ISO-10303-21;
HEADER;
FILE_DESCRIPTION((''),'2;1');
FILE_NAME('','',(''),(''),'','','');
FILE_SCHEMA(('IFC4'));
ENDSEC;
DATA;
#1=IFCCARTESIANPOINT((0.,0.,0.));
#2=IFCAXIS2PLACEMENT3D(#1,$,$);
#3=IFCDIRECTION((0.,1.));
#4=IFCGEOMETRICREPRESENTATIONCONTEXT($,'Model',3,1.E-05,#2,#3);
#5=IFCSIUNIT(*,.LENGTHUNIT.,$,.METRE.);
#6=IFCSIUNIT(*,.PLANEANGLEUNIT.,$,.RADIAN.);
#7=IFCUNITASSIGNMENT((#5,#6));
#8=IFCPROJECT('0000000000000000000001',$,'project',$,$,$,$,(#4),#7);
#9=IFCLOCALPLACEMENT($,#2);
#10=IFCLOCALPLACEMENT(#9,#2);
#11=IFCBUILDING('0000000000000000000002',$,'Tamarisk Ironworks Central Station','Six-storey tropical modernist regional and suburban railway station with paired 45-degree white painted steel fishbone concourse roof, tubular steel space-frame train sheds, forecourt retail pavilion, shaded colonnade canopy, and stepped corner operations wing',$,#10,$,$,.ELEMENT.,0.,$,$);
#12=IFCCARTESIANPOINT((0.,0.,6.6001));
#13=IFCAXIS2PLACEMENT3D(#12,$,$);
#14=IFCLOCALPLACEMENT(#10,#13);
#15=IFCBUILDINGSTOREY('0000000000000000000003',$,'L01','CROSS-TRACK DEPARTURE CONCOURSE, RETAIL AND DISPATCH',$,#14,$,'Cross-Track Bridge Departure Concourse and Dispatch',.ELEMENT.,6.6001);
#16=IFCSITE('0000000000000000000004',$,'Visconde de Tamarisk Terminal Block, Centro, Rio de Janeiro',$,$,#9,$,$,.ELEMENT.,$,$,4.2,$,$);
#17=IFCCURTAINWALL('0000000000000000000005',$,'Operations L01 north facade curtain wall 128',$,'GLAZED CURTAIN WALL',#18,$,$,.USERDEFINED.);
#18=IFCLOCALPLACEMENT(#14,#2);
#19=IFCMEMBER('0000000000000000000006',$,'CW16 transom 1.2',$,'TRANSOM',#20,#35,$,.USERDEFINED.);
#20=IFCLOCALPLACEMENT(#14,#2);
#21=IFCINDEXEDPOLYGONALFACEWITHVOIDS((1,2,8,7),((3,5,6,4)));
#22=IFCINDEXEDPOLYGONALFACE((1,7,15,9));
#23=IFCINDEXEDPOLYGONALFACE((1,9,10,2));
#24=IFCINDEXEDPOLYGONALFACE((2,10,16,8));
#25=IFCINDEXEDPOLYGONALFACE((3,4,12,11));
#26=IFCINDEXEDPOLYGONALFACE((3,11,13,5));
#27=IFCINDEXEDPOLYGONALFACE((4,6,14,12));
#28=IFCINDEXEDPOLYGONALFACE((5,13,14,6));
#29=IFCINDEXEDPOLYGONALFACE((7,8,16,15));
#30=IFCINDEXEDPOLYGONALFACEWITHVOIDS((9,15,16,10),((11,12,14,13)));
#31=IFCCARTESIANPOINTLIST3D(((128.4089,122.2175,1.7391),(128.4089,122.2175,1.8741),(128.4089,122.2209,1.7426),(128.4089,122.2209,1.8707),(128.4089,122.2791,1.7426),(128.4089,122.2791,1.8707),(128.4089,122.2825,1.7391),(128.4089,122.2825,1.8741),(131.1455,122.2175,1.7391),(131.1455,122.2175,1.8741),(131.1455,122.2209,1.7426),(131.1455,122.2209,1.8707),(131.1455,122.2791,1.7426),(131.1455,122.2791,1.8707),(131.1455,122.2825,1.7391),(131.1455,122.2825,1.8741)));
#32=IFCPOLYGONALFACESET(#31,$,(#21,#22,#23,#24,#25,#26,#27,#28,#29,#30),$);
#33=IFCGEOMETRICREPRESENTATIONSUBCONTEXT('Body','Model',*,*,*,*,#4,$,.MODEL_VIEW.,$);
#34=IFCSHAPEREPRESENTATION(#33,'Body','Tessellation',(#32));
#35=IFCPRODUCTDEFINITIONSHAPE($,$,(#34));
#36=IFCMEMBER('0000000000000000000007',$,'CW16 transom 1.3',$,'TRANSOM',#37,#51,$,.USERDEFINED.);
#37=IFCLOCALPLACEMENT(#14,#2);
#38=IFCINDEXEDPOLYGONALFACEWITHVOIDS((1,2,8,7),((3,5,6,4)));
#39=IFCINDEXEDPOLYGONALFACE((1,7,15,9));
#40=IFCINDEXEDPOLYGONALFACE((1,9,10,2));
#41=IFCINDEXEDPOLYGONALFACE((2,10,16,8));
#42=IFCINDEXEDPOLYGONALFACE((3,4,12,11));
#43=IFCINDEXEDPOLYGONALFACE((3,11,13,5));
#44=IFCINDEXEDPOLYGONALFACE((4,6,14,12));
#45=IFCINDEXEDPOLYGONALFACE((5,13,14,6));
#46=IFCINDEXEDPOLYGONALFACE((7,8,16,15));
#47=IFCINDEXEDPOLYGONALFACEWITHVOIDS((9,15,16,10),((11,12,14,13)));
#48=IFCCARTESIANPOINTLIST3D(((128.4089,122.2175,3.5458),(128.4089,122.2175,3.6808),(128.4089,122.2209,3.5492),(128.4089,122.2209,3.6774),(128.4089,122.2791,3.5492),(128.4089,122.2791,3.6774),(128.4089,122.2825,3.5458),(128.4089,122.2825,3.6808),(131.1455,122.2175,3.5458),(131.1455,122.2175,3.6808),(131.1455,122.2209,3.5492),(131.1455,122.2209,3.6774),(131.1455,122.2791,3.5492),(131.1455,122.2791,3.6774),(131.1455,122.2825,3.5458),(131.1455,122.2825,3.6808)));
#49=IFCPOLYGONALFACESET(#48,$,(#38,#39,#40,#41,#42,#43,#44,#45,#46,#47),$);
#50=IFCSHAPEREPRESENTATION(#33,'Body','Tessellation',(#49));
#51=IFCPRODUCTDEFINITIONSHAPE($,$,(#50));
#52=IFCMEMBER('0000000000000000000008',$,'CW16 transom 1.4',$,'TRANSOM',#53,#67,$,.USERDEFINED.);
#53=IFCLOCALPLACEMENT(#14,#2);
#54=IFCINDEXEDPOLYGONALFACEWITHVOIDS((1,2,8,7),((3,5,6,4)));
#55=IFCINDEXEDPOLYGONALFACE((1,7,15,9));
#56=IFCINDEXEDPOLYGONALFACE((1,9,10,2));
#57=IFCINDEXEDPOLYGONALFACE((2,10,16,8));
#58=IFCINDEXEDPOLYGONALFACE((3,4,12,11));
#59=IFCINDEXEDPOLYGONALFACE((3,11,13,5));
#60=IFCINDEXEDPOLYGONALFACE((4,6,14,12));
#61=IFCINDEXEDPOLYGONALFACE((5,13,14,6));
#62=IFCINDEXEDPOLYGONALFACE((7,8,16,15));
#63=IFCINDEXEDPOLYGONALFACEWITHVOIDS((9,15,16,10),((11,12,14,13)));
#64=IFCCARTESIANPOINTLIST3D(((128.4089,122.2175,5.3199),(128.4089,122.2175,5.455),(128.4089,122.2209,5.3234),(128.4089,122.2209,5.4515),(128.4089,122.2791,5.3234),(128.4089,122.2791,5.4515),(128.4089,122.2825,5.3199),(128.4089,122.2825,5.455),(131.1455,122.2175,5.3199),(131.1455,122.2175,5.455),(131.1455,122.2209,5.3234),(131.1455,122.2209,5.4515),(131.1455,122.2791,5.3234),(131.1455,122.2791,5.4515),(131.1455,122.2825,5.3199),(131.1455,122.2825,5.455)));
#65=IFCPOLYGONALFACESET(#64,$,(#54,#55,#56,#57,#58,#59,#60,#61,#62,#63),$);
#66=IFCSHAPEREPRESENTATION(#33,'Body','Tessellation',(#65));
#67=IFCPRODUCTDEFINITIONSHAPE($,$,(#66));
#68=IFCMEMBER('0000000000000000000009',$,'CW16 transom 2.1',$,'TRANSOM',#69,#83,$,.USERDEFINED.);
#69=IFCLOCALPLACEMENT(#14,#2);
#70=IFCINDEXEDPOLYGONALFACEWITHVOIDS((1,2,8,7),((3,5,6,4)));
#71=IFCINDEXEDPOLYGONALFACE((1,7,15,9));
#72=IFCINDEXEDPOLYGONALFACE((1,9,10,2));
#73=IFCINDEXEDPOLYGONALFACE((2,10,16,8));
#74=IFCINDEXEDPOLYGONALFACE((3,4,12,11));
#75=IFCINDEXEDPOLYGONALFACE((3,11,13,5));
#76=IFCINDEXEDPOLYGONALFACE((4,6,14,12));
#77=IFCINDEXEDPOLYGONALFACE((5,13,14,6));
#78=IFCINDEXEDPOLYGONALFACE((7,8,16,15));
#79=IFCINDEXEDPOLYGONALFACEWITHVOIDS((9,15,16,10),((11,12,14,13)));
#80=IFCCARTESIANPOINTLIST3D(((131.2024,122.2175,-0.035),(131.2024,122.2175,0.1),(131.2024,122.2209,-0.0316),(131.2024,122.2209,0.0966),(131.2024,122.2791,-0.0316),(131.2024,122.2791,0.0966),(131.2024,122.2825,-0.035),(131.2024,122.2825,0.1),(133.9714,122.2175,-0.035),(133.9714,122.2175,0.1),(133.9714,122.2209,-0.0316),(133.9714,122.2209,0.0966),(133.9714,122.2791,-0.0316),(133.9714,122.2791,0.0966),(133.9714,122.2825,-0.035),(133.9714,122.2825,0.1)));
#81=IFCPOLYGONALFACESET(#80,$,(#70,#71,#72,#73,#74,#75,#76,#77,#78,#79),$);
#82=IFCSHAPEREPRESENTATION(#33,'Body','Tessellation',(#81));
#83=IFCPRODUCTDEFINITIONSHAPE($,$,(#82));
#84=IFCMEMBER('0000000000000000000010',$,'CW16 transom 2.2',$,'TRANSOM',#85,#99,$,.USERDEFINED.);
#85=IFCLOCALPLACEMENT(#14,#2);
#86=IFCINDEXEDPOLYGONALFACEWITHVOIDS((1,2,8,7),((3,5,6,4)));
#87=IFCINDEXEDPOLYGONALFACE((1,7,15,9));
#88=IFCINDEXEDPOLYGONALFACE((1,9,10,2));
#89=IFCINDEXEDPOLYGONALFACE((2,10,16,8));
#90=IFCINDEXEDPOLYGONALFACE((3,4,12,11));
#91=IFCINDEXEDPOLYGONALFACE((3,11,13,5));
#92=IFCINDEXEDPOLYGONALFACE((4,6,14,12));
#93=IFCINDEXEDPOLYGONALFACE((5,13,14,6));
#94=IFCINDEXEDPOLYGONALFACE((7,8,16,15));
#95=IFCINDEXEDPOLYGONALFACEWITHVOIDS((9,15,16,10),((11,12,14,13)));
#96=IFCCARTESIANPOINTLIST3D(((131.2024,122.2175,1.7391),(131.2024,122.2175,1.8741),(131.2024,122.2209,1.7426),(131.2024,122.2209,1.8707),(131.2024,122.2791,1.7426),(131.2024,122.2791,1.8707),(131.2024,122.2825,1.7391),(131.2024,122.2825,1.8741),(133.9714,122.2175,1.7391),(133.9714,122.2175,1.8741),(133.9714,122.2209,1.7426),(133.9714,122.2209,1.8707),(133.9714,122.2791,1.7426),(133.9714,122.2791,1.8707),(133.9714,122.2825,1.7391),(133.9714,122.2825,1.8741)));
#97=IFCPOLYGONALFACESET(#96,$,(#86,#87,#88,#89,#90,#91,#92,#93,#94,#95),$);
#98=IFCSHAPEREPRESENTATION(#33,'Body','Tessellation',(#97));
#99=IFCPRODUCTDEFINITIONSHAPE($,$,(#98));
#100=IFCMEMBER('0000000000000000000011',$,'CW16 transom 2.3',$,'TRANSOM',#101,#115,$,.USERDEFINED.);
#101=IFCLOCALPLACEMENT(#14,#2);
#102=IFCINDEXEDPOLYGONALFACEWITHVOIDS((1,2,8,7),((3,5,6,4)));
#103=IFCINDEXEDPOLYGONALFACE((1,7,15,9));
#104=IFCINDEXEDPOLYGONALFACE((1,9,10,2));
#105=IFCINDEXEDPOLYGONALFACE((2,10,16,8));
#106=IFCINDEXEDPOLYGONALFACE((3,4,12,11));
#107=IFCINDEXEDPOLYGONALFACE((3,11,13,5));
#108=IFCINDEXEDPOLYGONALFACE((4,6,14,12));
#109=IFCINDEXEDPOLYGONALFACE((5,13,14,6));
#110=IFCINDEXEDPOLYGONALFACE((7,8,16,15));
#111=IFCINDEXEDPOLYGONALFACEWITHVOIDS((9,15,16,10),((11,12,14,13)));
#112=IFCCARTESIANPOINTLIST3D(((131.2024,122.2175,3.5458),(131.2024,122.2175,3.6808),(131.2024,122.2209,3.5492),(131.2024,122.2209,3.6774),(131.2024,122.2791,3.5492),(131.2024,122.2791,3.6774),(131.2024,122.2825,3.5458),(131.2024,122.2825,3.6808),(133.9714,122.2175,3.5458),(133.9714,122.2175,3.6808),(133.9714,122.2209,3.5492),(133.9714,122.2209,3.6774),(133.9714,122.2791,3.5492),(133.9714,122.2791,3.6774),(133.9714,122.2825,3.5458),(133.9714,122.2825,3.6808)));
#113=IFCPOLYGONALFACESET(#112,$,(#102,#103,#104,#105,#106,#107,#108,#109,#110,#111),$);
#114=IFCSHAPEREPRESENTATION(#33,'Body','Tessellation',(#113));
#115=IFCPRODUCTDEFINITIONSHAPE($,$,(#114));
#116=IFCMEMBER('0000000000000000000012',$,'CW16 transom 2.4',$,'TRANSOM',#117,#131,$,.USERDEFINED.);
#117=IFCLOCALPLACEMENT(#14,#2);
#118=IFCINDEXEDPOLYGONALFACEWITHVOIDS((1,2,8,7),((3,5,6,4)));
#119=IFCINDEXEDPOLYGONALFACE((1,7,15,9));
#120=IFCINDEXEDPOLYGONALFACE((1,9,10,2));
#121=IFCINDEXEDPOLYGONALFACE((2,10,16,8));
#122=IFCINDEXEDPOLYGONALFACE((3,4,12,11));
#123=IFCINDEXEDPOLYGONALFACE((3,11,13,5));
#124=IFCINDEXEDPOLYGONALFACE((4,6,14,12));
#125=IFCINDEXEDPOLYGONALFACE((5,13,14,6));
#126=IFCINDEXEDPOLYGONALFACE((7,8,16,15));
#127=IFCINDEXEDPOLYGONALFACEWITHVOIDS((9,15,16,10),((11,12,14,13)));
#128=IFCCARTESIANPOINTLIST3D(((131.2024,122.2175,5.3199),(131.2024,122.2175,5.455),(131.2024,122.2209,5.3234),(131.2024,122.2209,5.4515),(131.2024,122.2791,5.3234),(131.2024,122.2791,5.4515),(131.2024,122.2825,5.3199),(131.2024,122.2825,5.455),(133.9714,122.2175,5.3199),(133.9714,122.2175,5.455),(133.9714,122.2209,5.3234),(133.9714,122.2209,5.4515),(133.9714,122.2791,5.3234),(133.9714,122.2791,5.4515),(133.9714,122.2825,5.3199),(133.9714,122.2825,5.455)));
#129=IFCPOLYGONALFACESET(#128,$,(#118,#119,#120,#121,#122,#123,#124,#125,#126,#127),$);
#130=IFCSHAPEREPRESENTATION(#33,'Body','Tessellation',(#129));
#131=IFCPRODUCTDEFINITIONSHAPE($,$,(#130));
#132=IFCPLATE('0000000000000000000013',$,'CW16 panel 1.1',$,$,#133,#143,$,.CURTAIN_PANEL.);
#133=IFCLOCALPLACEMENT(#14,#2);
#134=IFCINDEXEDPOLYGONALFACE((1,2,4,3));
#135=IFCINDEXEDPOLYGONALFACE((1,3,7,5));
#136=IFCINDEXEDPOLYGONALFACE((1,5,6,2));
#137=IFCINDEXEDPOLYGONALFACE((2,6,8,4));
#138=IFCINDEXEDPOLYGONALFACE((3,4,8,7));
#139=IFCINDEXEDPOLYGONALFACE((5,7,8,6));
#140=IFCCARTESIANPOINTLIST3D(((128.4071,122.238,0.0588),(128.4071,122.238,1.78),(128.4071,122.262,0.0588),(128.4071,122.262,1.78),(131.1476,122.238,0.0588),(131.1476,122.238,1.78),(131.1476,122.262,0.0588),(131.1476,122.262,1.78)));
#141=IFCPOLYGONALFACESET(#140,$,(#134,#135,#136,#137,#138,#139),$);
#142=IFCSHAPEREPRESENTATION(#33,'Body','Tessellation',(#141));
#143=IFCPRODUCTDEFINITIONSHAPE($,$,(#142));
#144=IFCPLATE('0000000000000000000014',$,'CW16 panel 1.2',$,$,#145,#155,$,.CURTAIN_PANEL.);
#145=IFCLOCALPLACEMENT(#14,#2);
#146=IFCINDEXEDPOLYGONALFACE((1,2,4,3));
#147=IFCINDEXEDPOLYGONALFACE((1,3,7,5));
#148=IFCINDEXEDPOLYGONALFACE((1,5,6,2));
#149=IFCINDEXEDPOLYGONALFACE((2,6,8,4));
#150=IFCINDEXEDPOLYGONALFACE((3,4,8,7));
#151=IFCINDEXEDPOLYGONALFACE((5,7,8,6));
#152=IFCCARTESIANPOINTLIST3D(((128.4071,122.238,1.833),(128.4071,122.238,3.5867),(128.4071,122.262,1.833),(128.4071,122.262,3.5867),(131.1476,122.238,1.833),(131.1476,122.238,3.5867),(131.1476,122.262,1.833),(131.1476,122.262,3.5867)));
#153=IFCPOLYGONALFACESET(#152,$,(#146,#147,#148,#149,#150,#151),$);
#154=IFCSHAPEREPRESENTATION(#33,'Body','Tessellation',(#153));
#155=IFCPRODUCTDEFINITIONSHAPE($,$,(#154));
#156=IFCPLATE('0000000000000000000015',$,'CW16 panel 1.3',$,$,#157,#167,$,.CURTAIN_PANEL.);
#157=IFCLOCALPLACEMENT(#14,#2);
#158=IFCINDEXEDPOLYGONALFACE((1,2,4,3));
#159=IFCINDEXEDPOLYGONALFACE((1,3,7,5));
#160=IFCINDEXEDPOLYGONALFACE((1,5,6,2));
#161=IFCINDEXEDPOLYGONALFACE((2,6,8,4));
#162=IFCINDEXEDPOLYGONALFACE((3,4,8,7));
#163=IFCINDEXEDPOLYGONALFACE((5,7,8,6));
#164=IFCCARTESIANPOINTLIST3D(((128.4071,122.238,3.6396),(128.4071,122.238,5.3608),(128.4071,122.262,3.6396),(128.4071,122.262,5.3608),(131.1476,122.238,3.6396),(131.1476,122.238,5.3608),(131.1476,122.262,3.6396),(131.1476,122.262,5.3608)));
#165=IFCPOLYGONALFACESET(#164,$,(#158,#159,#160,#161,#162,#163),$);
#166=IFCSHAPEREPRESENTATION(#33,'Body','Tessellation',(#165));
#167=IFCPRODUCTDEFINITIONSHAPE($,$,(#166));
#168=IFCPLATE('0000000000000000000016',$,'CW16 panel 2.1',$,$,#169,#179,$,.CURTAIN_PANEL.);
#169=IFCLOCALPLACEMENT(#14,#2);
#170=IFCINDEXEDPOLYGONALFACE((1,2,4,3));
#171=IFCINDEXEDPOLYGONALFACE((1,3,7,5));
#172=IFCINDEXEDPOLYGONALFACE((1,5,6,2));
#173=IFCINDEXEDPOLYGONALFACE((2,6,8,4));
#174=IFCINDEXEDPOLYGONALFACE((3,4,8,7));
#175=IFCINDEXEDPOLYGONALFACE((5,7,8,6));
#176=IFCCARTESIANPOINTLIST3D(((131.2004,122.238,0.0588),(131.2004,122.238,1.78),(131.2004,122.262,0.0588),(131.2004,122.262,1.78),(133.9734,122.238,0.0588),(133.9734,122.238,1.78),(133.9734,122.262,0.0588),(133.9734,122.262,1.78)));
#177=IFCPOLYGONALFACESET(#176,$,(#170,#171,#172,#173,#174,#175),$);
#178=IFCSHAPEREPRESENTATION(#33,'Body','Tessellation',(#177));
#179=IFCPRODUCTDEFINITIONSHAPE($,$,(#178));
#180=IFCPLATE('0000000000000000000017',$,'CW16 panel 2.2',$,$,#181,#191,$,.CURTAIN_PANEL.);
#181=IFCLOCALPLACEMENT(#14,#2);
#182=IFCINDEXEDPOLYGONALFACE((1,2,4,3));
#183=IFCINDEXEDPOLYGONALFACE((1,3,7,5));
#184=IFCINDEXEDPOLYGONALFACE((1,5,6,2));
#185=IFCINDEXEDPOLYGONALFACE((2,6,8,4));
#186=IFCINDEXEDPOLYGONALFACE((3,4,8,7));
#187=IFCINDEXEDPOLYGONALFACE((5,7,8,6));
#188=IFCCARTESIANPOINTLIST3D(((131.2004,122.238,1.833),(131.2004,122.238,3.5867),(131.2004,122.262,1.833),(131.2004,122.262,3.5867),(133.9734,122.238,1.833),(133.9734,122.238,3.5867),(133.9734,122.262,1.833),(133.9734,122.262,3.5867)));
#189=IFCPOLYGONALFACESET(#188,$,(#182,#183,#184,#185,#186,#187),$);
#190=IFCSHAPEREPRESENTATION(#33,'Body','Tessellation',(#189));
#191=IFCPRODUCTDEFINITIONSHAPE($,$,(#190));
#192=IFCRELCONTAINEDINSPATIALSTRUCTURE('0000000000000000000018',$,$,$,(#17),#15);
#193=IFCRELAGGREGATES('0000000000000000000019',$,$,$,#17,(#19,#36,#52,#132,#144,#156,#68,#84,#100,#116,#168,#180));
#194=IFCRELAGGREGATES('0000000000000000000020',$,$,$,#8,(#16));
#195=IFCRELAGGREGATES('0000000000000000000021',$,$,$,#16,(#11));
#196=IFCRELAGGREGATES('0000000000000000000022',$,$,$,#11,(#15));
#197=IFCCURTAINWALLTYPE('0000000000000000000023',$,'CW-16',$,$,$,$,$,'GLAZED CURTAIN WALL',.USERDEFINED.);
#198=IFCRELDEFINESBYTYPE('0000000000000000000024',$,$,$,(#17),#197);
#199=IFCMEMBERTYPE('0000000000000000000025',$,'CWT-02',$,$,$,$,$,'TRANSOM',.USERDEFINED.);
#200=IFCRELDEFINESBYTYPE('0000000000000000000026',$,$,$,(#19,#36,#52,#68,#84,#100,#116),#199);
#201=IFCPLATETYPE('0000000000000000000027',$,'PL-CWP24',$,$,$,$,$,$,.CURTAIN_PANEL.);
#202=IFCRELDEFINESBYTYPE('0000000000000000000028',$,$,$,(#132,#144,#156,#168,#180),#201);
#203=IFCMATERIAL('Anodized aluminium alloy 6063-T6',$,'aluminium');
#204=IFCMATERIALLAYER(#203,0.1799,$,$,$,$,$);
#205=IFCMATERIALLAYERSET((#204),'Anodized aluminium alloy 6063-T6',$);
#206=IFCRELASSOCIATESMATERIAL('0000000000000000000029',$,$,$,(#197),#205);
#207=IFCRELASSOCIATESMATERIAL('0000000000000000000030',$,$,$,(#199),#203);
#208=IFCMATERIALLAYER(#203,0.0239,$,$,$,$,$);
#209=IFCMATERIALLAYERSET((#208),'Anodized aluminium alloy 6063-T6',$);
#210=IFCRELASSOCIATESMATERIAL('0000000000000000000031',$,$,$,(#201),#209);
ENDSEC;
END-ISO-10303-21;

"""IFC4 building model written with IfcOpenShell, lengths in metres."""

from ifc_helpers import new_model, si_unit, direction, frame, origin, origin_2d, place, context, subcontext, project, spatial, rectangle, hollow_rectangle, extrude, material, layer, layer_set, material_profile, profile_set, type_object, element, aggregate, save


model = new_model("IFC4")

# Units and contexts
model_context = context("Model", 3, precision=1e-05, world=origin(), true_north=direction((0.0, 1.0)))
body_context = subcontext(model_context, "Body", "Model", "MODEL_VIEW")
ifc_project = project(units=[si_unit("LENGTHUNIT", "METRE"), si_unit("PLANEANGLEUNIT", "RADIAN")], contexts=[model_context])

# Site, building, storey
site_placement = place(None, origin())
site = spatial("IfcSite", under=ifc_project, at=site_placement, Name="Visconde de Tamarisk Terminal Block, Centro, Rio de Janeiro", CompositionType="ELEMENT", RefElevation=4.2)
building_placement = place(site_placement, origin())
building = spatial("IfcBuilding", under=site, at=building_placement, Name="Tamarisk Ironworks Central Station", Description="Six-storey tropical modernist regional and suburban railway station with paired 45-degree white painted steel fishbone concourse roof, tubular steel space-frame train sheds, forecourt retail pavilion, shaded colonnade canopy, and stepped corner operations wing", CompositionType="ELEMENT", ElevationOfRefHeight=0.0)
storey_placement = place(building_placement, frame((0.0, 0.0, 6.6001)))
storey = spatial("IfcBuildingStorey", under=building, at=storey_placement, Name="L01", Description="CROSS-TRACK DEPARTURE CONCOURSE, RETAIL AND DISPATCH", LongName="Cross-Track Bridge Departure Concourse and Dispatch", CompositionType="ELEMENT", Elevation=6.6001)

# Curtain wall, members, plates
ifc_material_1 = material(Name="Anodized aluminium alloy 6063-T6", Category="aluminium")
ifc_layer_1 = layer(ifc_material_1, 0.1799)
ifc_layer_set_1 = layer_set([ifc_layer_1], Name="Anodized aluminium alloy 6063-T6")
curtain_wall_type = type_object("IfcCurtainWallType", Name="CW-16", ElementType="GLAZED CURTAIN WALL", PredefinedType="USERDEFINED", material=ifc_layer_set_1)
curtain_wall_placement = place(storey_placement, origin())
curtain_wall = element("IfcCurtainWall", 1, at=curtain_wall_placement, inside=storey, type_object=curtain_wall_type, Name="Operations L01 north facade curtain wall 128", ObjectType="GLAZED CURTAIN WALL", PredefinedType="USERDEFINED")
ifc_material_profile_1 = material_profile(ifc_material_1, hollow_rectangle(XDim=0.0649, YDim=0.135, WallThickness=0.0034, at=origin_2d()), Name="ALUM 135x65")
ifc_profile_set_1 = profile_set([ifc_material_profile_1], Name="Anodized aluminium alloy 6063-T6")
member_type_1 = type_object("IfcMemberType", Name="CWT-02", ElementType="TRANSOM", PredefinedType="USERDEFINED", material=ifc_profile_set_1)
member_1_placement = place(storey_placement, frame((128.4089, 122.25, 1.8066), z_axis=(1.0, 0.0, 0.0), x_axis=(0.0, 1.0, 0.0)))
member_1 = element("IfcMember", 2, at=member_1_placement, type_object=member_type_1, Name="CW16 transom 1.2", ObjectType="TRANSOM", PredefinedType="USERDEFINED", context=body_context, shape_type="SweptSolid", body=[
    extrude(hollow_rectangle(XDim=0.0649, YDim=0.135, WallThickness=0.0034, at=origin_2d()), origin(), (0.0, 0.0, 1.0), 2.7366),
])
member_2_placement = place(storey_placement, frame((128.4089, 122.25, 3.6133), z_axis=(1.0, 0.0, 0.0), x_axis=(0.0, 1.0, 0.0)))
member_2 = element("IfcMember", 3, at=member_2_placement, type_object=member_type_1, Name="CW16 transom 1.3", ObjectType="TRANSOM", PredefinedType="USERDEFINED", context=body_context, shape_type="SweptSolid", body=[
    extrude(hollow_rectangle(XDim=0.0649, YDim=0.135, WallThickness=0.0034, at=origin_2d()), origin(), (0.0, 0.0, 1.0), 2.7366),
])
member_3_placement = place(storey_placement, frame((128.4089, 122.25, 5.3875), z_axis=(1.0, 0.0, 0.0), x_axis=(0.0, 1.0, 0.0)))
member_3 = element("IfcMember", 4, at=member_3_placement, type_object=member_type_1, Name="CW16 transom 1.4", ObjectType="TRANSOM", PredefinedType="USERDEFINED", context=body_context, shape_type="SweptSolid", body=[
    extrude(hollow_rectangle(XDim=0.0649, YDim=0.135, WallThickness=0.0034, at=origin_2d()), origin(), (0.0, 0.0, 1.0), 2.7366),
])
member_4_placement = place(storey_placement, frame((131.2024, 122.25, 0.0325), z_axis=(1.0, 0.0, 0.0), x_axis=(0.0, 1.0, 0.0)))
member_4 = element("IfcMember", 5, at=member_4_placement, type_object=member_type_1, Name="CW16 transom 2.1", ObjectType="TRANSOM", PredefinedType="USERDEFINED", context=body_context, shape_type="SweptSolid", body=[
    extrude(hollow_rectangle(XDim=0.0649, YDim=0.135, WallThickness=0.0034, at=origin_2d()), origin(), (0.0, 0.0, 1.0), 2.769),
])
member_5_placement = place(storey_placement, frame((131.2024, 122.25, 1.8066), z_axis=(1.0, 0.0, 0.0), x_axis=(0.0, 1.0, 0.0)))
member_5 = element("IfcMember", 6, at=member_5_placement, type_object=member_type_1, Name="CW16 transom 2.2", ObjectType="TRANSOM", PredefinedType="USERDEFINED", context=body_context, shape_type="SweptSolid", body=[
    extrude(hollow_rectangle(XDim=0.0649, YDim=0.135, WallThickness=0.0034, at=origin_2d()), origin(), (0.0, 0.0, 1.0), 2.769),
])
member_6_placement = place(storey_placement, frame((131.2024, 122.25, 3.6133), z_axis=(1.0, 0.0, 0.0), x_axis=(0.0, 1.0, 0.0)))
member_6 = element("IfcMember", 7, at=member_6_placement, type_object=member_type_1, Name="CW16 transom 2.3", ObjectType="TRANSOM", PredefinedType="USERDEFINED", context=body_context, shape_type="SweptSolid", body=[
    extrude(hollow_rectangle(XDim=0.0649, YDim=0.135, WallThickness=0.0034, at=origin_2d()), origin(), (0.0, 0.0, 1.0), 2.769),
])
member_7_placement = place(storey_placement, frame((131.2024, 122.25, 5.3875), z_axis=(1.0, 0.0, 0.0), x_axis=(0.0, 1.0, 0.0)))
member_7 = element("IfcMember", 8, at=member_7_placement, type_object=member_type_1, Name="CW16 transom 2.4", ObjectType="TRANSOM", PredefinedType="USERDEFINED", context=body_context, shape_type="SweptSolid", body=[
    extrude(hollow_rectangle(XDim=0.0649, YDim=0.135, WallThickness=0.0034, at=origin_2d()), origin(), (0.0, 0.0, 1.0), 2.769),
])
ifc_layer_2 = layer(ifc_material_1, 0.0239)
ifc_layer_set_2 = layer_set([ifc_layer_2], Name="Anodized aluminium alloy 6063-T6")
plate_type = type_object("IfcPlateType", Name="PL-CWP24", PredefinedType="CURTAIN_PANEL", material=ifc_layer_set_2)
plate_1_placement = place(storey_placement, frame((129.7773, 122.25, 0.0588), z_axis=(0.0, 0.0, 1.0), x_axis=(1.0, 0.0, 0.0)))
plate_1 = element("IfcPlate", 9, at=plate_1_placement, type_object=plate_type, Name="CW16 panel 1.1", PredefinedType="CURTAIN_PANEL", context=body_context, shape_type="SweptSolid", body=[
    extrude(rectangle(XDim=2.7405, YDim=0.0239, at=origin_2d()), origin(), (0.0, 0.0, 1.0), 1.7212),
])
plate_2_placement = place(storey_placement, frame((129.7773, 122.25, 1.833), z_axis=(0.0, 0.0, 1.0), x_axis=(1.0, 0.0, 0.0)))
plate_2 = element("IfcPlate", 10, at=plate_2_placement, type_object=plate_type, Name="CW16 panel 1.2", PredefinedType="CURTAIN_PANEL", context=body_context, shape_type="SweptSolid", body=[
    extrude(rectangle(XDim=2.7405, YDim=0.0239, at=origin_2d()), origin(), (0.0, 0.0, 1.0), 1.7537),
])
plate_3_placement = place(storey_placement, frame((129.7773, 122.25, 3.6396), z_axis=(0.0, 0.0, 1.0), x_axis=(1.0, 0.0, 0.0)))
plate_3 = element("IfcPlate", 11, at=plate_3_placement, type_object=plate_type, Name="CW16 panel 1.3", PredefinedType="CURTAIN_PANEL", context=body_context, shape_type="SweptSolid", body=[
    extrude(rectangle(XDim=2.7405, YDim=0.0239, at=origin_2d()), origin(), (0.0, 0.0, 1.0), 1.7212),
])
plate_4_placement = place(storey_placement, frame((132.5869, 122.25, 0.0588), z_axis=(0.0, 0.0, 1.0), x_axis=(1.0, 0.0, 0.0)))
plate_4 = element("IfcPlate", 12, at=plate_4_placement, type_object=plate_type, Name="CW16 panel 2.1", PredefinedType="CURTAIN_PANEL", context=body_context, shape_type="SweptSolid", body=[
    extrude(rectangle(XDim=2.7729, YDim=0.0239, at=origin_2d()), origin(), (0.0, 0.0, 1.0), 1.7212),
])
plate_5_placement = place(storey_placement, frame((132.5869, 122.25, 1.833), z_axis=(0.0, 0.0, 1.0), x_axis=(1.0, 0.0, 0.0)))
plate_5 = element("IfcPlate", 13, at=plate_5_placement, type_object=plate_type, Name="CW16 panel 2.2", PredefinedType="CURTAIN_PANEL", context=body_context, shape_type="SweptSolid", body=[
    extrude(rectangle(XDim=2.7729, YDim=0.0239, at=origin_2d()), origin(), (0.0, 0.0, 1.0), 1.7537),
])
aggregate(curtain_wall, [member_1, member_2, member_3, plate_1, plate_2, plate_3, member_4, member_5, member_6, member_7, plate_4, plate_5])

save(model, "model.ifc")
